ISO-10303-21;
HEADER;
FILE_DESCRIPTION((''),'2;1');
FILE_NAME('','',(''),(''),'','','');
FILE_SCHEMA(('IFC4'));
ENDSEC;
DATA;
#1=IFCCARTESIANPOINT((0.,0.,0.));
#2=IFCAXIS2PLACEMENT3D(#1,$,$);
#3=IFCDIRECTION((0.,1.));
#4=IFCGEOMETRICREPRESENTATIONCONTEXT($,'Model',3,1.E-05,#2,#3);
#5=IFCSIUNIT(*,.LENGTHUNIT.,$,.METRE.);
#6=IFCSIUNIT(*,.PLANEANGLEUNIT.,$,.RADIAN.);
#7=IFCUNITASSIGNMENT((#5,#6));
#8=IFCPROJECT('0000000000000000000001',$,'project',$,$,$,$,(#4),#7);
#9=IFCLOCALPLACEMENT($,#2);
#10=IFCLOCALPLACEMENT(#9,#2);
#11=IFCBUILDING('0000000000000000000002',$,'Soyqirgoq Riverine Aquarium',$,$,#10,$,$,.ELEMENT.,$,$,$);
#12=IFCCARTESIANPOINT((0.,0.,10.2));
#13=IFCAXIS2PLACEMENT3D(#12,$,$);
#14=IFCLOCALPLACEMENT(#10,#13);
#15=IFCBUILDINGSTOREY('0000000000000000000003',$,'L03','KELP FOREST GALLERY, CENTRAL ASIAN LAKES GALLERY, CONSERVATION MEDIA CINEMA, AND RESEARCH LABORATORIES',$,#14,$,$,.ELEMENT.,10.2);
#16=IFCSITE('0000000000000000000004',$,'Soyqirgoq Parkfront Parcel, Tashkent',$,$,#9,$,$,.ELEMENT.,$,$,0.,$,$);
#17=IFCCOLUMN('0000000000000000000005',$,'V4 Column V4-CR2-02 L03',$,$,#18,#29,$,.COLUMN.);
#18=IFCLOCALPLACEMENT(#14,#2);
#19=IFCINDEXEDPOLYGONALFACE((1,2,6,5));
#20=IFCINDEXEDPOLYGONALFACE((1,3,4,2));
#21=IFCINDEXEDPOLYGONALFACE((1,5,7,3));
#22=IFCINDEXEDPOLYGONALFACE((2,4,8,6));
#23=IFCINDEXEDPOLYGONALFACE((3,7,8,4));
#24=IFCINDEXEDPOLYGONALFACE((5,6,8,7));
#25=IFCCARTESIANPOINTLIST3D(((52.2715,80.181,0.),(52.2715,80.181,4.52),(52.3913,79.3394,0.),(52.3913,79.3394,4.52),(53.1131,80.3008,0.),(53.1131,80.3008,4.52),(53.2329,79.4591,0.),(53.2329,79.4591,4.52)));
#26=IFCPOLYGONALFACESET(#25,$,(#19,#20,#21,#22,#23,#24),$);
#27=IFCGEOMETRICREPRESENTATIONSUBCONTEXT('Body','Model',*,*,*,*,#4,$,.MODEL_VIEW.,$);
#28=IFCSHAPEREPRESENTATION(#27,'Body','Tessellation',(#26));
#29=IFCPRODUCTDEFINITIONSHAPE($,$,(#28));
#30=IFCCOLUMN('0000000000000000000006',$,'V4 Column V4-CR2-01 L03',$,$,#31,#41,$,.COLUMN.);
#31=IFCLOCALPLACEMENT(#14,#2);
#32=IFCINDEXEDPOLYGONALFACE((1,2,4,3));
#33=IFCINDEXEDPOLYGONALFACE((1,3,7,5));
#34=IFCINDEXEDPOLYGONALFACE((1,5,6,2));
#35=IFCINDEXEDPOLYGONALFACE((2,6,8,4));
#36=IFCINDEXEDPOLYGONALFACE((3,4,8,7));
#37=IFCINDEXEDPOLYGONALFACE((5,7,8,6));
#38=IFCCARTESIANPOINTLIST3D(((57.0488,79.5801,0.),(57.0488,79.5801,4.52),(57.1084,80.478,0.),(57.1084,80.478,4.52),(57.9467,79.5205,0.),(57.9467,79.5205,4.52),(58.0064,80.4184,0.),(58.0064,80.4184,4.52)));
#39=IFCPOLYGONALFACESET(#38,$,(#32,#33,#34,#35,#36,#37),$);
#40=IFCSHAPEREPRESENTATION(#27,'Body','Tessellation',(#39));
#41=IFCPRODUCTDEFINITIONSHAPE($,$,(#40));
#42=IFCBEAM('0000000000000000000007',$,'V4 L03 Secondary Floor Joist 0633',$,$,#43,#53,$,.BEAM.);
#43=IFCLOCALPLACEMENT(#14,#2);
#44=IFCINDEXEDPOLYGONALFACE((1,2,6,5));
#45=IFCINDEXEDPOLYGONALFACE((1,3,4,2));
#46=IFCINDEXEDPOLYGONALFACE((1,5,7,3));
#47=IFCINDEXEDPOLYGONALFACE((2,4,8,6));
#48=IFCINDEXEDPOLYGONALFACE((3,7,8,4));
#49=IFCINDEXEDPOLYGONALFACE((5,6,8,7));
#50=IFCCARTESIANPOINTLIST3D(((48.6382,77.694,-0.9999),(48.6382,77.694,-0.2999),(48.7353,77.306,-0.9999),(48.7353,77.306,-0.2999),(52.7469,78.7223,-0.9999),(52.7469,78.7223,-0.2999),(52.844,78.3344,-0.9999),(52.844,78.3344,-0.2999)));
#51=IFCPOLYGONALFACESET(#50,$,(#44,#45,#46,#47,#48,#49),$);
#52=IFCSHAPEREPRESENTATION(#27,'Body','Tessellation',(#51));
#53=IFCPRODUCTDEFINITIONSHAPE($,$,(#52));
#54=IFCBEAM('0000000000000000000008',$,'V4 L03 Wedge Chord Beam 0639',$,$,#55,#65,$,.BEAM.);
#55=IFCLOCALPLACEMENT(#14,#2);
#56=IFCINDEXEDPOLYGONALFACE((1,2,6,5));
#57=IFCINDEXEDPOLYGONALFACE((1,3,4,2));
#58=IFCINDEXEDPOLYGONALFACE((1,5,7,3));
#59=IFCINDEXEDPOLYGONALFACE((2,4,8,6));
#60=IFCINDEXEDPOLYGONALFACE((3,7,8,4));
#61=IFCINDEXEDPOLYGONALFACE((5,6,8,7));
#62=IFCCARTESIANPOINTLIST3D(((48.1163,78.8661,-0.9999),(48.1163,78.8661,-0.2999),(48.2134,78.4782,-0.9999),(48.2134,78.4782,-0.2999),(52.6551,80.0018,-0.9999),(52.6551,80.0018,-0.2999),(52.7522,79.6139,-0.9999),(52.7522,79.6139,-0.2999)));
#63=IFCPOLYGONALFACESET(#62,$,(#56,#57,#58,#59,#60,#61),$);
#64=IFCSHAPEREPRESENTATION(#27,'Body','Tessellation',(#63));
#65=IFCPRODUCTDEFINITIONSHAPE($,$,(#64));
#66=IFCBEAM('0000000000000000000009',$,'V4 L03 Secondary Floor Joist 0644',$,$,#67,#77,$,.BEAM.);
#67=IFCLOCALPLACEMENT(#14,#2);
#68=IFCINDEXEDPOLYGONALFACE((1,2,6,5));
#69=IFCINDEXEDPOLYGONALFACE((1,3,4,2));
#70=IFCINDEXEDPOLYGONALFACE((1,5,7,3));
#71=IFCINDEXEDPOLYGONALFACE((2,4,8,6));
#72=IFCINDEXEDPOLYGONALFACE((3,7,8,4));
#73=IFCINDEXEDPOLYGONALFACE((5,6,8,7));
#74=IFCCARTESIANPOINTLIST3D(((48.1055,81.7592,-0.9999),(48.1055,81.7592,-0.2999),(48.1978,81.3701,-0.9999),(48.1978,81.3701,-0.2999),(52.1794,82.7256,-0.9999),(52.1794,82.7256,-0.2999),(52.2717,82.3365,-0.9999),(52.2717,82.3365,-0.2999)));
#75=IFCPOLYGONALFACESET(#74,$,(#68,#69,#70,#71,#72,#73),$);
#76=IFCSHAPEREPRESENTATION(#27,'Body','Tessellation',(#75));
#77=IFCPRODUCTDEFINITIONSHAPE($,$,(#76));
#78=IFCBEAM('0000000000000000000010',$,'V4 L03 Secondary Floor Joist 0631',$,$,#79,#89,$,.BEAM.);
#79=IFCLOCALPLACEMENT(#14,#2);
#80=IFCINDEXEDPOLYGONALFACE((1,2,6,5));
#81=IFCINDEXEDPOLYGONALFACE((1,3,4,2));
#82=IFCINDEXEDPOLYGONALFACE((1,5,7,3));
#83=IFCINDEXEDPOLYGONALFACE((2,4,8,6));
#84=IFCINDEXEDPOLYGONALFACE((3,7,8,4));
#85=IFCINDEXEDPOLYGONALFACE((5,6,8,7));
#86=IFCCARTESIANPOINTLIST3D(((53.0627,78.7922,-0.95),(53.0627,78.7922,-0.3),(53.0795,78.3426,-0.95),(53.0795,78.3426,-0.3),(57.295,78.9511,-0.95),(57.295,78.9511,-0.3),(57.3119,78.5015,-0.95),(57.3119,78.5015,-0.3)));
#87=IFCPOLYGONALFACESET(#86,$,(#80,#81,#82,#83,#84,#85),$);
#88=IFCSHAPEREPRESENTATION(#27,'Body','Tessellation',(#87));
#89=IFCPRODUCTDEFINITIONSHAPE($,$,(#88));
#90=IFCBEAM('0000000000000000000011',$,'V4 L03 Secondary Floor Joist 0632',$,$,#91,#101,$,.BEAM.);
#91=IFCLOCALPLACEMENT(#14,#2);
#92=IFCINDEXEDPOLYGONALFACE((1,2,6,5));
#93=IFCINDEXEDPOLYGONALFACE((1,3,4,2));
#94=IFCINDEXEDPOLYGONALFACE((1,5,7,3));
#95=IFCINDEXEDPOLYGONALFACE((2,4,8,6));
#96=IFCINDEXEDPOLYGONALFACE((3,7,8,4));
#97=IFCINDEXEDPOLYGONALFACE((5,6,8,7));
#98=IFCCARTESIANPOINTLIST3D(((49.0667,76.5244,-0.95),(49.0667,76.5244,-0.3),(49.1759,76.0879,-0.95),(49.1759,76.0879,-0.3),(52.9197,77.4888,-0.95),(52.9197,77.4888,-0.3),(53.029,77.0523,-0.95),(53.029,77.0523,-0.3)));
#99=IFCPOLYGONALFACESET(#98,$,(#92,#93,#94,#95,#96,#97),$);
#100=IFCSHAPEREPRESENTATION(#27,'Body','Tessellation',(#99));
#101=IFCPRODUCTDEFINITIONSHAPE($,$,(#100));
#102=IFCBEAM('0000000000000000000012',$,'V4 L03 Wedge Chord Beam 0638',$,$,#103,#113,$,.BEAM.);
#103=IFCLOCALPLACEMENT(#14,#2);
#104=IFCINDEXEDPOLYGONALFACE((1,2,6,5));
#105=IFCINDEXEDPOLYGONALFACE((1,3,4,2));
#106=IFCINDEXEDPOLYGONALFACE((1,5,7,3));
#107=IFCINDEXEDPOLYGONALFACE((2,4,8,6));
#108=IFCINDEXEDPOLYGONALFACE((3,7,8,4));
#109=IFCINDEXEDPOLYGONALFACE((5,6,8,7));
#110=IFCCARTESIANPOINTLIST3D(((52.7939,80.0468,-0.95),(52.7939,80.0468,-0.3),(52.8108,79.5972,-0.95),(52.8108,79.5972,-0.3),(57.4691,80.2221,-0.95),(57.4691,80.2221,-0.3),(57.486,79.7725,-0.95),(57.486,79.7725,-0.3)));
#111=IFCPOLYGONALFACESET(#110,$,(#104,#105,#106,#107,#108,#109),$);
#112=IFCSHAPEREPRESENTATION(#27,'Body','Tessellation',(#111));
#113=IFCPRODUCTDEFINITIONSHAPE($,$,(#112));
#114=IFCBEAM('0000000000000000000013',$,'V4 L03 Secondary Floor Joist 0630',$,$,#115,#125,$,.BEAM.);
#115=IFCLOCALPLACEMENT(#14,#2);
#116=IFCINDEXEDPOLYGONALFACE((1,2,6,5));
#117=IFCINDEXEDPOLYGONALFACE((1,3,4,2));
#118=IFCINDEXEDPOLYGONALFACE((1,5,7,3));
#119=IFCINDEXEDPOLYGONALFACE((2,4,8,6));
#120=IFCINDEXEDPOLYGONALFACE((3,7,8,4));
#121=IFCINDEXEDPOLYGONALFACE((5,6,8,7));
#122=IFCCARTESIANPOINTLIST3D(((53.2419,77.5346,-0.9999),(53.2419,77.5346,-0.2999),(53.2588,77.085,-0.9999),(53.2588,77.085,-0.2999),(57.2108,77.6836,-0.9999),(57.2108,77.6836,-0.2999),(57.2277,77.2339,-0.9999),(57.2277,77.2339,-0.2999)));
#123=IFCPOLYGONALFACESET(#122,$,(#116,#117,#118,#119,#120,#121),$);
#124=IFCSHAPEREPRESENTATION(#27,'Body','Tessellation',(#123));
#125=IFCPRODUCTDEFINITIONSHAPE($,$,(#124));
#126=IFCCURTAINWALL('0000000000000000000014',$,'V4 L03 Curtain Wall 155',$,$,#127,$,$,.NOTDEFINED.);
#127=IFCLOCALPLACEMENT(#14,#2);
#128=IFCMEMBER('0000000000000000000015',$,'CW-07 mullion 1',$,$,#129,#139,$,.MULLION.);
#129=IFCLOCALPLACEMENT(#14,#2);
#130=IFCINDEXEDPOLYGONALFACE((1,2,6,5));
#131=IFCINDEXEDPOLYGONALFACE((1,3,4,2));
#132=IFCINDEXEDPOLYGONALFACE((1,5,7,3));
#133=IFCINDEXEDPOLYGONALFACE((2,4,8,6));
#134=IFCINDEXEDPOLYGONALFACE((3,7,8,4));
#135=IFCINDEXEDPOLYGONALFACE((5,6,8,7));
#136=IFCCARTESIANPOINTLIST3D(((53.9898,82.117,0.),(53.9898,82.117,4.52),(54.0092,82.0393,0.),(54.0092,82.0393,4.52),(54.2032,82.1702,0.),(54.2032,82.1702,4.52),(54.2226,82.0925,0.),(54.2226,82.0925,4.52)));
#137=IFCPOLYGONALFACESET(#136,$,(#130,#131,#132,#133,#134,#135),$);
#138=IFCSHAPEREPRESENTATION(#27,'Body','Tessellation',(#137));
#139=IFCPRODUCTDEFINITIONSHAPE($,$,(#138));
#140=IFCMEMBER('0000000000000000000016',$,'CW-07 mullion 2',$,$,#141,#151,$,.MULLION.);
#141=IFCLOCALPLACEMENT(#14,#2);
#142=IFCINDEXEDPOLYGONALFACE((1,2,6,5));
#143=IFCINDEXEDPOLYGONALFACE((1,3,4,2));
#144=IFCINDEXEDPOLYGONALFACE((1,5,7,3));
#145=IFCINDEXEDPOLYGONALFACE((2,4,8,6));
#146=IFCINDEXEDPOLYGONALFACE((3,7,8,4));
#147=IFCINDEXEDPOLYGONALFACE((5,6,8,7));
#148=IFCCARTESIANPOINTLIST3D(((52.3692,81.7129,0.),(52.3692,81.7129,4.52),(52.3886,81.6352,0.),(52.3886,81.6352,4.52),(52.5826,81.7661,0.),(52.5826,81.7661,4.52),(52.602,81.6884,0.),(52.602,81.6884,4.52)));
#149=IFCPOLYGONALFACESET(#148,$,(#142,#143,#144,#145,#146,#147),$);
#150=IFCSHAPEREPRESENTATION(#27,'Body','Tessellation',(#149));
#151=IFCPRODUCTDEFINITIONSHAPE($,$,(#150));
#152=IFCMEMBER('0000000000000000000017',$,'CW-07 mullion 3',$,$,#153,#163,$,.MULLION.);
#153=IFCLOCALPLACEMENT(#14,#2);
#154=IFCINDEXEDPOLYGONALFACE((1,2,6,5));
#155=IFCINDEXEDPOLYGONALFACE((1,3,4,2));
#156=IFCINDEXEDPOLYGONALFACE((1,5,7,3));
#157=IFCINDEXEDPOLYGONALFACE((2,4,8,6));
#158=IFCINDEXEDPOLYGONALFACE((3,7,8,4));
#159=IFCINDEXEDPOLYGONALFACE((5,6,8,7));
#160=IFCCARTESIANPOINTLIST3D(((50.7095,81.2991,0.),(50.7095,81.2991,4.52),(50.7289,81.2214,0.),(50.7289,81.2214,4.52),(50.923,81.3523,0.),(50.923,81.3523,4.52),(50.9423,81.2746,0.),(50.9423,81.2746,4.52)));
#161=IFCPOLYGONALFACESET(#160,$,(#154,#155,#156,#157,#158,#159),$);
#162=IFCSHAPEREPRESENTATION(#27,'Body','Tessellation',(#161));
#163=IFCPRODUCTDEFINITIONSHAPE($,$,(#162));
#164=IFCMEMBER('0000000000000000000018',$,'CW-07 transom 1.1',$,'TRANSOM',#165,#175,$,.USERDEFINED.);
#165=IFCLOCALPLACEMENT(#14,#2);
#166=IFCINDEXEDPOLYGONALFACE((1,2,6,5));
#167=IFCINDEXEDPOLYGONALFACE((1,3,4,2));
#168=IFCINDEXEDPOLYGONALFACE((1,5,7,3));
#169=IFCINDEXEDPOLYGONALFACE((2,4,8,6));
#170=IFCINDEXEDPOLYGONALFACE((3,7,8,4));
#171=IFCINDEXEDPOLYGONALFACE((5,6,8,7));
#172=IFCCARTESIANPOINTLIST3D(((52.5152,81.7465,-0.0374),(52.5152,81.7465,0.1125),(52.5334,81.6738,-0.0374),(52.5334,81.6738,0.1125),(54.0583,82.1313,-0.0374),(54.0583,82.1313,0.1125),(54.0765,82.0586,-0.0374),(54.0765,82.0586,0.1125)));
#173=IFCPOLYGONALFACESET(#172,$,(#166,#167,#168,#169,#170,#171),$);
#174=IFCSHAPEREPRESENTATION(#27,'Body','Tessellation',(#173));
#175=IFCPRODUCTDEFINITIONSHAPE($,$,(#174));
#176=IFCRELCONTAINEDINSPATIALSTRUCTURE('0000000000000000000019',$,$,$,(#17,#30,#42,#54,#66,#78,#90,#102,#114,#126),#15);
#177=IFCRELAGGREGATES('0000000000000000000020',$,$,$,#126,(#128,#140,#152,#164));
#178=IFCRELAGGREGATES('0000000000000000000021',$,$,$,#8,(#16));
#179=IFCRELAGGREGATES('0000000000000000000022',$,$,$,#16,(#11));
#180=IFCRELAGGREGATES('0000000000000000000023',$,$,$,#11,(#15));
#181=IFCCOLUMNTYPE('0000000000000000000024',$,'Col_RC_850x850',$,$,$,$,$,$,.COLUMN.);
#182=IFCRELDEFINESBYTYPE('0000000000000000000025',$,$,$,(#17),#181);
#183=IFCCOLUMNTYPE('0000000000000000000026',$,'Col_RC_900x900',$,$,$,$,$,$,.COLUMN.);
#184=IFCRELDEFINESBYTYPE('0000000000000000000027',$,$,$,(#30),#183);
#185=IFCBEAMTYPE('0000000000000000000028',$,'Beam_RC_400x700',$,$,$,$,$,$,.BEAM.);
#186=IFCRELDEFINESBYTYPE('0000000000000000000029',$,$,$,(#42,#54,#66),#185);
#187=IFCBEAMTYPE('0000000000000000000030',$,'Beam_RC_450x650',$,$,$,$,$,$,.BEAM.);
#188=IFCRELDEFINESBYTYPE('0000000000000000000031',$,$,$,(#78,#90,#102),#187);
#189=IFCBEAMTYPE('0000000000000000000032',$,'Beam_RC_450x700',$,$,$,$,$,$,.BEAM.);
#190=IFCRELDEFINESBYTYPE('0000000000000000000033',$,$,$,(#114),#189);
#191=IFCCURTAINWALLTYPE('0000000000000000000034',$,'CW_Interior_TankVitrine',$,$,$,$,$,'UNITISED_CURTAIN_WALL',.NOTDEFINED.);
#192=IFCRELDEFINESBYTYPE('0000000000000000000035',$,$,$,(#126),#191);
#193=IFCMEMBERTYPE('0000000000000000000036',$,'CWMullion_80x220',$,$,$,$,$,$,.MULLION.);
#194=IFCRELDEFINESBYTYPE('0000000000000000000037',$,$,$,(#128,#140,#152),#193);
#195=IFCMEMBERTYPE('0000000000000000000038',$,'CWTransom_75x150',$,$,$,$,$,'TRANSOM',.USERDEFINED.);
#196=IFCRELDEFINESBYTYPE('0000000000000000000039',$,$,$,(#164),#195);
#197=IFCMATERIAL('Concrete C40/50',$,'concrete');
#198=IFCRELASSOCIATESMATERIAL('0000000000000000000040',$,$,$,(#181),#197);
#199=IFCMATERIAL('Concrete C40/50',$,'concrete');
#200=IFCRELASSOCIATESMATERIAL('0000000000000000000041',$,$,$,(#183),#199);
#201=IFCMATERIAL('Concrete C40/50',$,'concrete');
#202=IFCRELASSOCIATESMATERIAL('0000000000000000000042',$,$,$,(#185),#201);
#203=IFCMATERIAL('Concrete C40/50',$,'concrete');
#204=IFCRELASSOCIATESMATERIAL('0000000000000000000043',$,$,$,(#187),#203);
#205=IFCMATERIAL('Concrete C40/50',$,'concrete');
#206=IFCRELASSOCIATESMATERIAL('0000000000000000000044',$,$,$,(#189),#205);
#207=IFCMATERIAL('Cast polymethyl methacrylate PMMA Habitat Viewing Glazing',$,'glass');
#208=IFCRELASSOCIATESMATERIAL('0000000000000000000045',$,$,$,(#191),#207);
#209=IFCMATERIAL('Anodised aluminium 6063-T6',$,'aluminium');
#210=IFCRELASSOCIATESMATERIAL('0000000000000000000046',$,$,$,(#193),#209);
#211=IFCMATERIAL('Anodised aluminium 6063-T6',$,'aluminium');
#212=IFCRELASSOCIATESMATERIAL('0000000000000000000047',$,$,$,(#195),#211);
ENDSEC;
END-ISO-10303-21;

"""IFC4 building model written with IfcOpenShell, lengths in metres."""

from ifc_helpers import new_model, si_unit, direction, frame, origin, origin_2d, place, context, subcontext, project, spatial, rectangle, extrude, material, material_profile, profile_set, type_object, element, aggregate, save


model = new_model("IFC4")

# Units and contexts
model_context = context("Model", 3, precision=1e-05, world=origin(), true_north=direction((0.0, 1.0)))
body_context = subcontext(model_context, "Body", "Model", "MODEL_VIEW")
ifc_project = project(units=[si_unit("LENGTHUNIT", "METRE"), si_unit("PLANEANGLEUNIT", "RADIAN")], contexts=[model_context])

# Site, building, storey
site_placement = place(None, origin())
site = spatial("IfcSite", under=ifc_project, at=site_placement, Name="Soyqirgoq Parkfront Parcel, Tashkent", CompositionType="ELEMENT", RefElevation=0.0)
building_placement = place(site_placement, origin())
building = spatial("IfcBuilding", under=site, at=building_placement, Name="Soyqirgoq Riverine Aquarium", CompositionType="ELEMENT")
storey_placement = place(building_placement, frame((0.0, 0.0, 10.2)))
storey = spatial("IfcBuildingStorey", under=building, at=storey_placement, Name="L03", Description="KELP FOREST GALLERY, CENTRAL ASIAN LAKES GALLERY, CONSERVATION MEDIA CINEMA, AND RESEARCH LABORATORIES", CompositionType="ELEMENT", Elevation=10.2)

# Columns
ifc_material_1 = material(Name="Concrete C40/50", Category="concrete")
ifc_material_profile_1 = material_profile(ifc_material_1, rectangle(XDim=0.8501, YDim=0.8501, at=origin_2d()), Name="RC 850x850")
ifc_profile_set_1 = profile_set([ifc_material_profile_1], Name="Concrete C40/50")
column_type_1 = type_object("IfcColumnType", Name="Col_RC_850x850", PredefinedType="COLUMN", material=ifc_profile_set_1)
column_1_placement = place(storey_placement, frame((52.7522, 79.8201, 0.0), z_axis=(0.0, 0.0, 1.0), x_axis=(-0.140901, 0.990024, 0.0)))
element("IfcColumn", 1, at=column_1_placement, inside=storey, type_object=column_type_1, Name="V4 Column V4-CR2-02 L03", PredefinedType="COLUMN", context=body_context, shape_type="SweptSolid", body=[
    extrude(rectangle(XDim=0.8501, YDim=0.8501, at=origin_2d()), origin(), (0.0, 0.0, 1.0), 4.52),
])
ifc_material_2 = material(Name="Concrete C40/50", Category="concrete")
ifc_material_profile_2 = material_profile(ifc_material_2, rectangle(XDim=0.8999, YDim=0.8999, at=origin_2d()), Name="RC 900x900")
ifc_profile_set_2 = profile_set([ifc_material_profile_2], Name="Concrete C40/50")
column_type_2 = type_object("IfcColumnType", Name="Col_RC_900x900", PredefinedType="COLUMN", material=ifc_profile_set_2)
column_2_placement = place(storey_placement, frame((57.5276, 79.9993, 0.0), z_axis=(0.0, 0.0, 1.0), x_axis=(0.066274, 0.997801, 0.0)))
element("IfcColumn", 2, at=column_2_placement, inside=storey, type_object=column_type_2, Name="V4 Column V4-CR2-01 L03", PredefinedType="COLUMN", context=body_context, shape_type="SweptSolid", body=[
    extrude(rectangle(XDim=0.8999, YDim=0.8999, at=origin_2d()), origin(), (0.0, 0.0, 1.0), 4.52),
])

# Beams
ifc_material_3 = material(Name="Concrete C40/50", Category="concrete")
ifc_material_profile_3 = material_profile(ifc_material_3, rectangle(XDim=0.3999, YDim=0.7, at=origin_2d()), Name="RC 400x700")
ifc_profile_set_3 = profile_set([ifc_material_profile_3], Name="Concrete C40/50")
beam_type_1 = type_object("IfcBeamType", Name="Beam_RC_400x700", PredefinedType="BEAM", material=ifc_profile_set_3)
beam_1_placement = place(storey_placement, frame((52.7954, 78.5283, -0.6499), z_axis=(-0.970078, -0.242793, 0.0), x_axis=(0.242793, -0.970078, 0.0)))
element("IfcBeam", 3, at=beam_1_placement, inside=storey, type_object=beam_type_1, Name="V4 L03 Secondary Floor Joist 0633", PredefinedType="BEAM", context=body_context, shape_type="SweptSolid", body=[
    extrude(rectangle(XDim=0.3999, YDim=0.7, at=origin_2d()), origin(), (0.0, 0.0, 1.0), 4.2354),
])
beam_2_placement = place(storey_placement, frame((52.7036, 79.8079, -0.6499), z_axis=(-0.97009, -0.242744, 0.0), x_axis=(0.242744, -0.97009, 0.0)))
element("IfcBeam", 4, at=beam_2_placement, inside=storey, type_object=beam_type_1, Name="V4 L03 Wedge Chord Beam 0639", PredefinedType="BEAM", context=body_context, shape_type="SweptSolid", body=[
    extrude(rectangle(XDim=0.3999, YDim=0.7, at=origin_2d()), origin(), (0.0, 0.0, 1.0), 4.6787),
])
beam_3_placement = place(storey_placement, frame((52.2256, 82.531, -0.6499), z_axis=(-0.973004, -0.230787, 0.0), x_axis=(0.230787, -0.973004, 0.0)))
element("IfcBeam", 5, at=beam_3_placement, inside=storey, type_object=beam_type_1, Name="V4 L03 Secondary Floor Joist 0644", PredefinedType="BEAM", context=body_context, shape_type="SweptSolid", body=[
    extrude(rectangle(XDim=0.3999, YDim=0.7, at=origin_2d()), origin(), (0.0, 0.0, 1.0), 4.187),
])
ifc_material_4 = material(Name="Concrete C40/50", Category="concrete")
ifc_material_profile_4 = material_profile(ifc_material_4, rectangle(XDim=0.45, YDim=0.6499, at=origin_2d()), Name="RC 450x650")
ifc_profile_set_4 = profile_set([ifc_material_profile_4], Name="Concrete C40/50")
beam_type_2 = type_object("IfcBeamType", Name="Beam_RC_450x650", PredefinedType="BEAM", material=ifc_profile_set_4)
beam_4_placement = place(storey_placement, frame((57.3035, 78.7263, -0.625), z_axis=(-0.999296, -0.037525, 0.0), x_axis=(0.037525, -0.999296, 0.0)))
element("IfcBeam", 6, at=beam_4_placement, inside=storey, type_object=beam_type_2, Name="V4 L03 Secondary Floor Joist 0631", PredefinedType="BEAM", context=body_context, shape_type="SweptSolid", body=[
    extrude(rectangle(XDim=0.45, YDim=0.6499, at=origin_2d()), origin(), (0.0, 0.0, 1.0), 4.2354),
])
beam_5_placement = place(storey_placement, frame((52.9744, 77.2705, -0.625), z_axis=(-0.970077, -0.242796, 0.0), x_axis=(0.242796, -0.970077, 0.0)))
element("IfcBeam", 7, at=beam_5_placement, inside=storey, type_object=beam_type_2, Name="V4 L03 Secondary Floor Joist 0632", PredefinedType="BEAM", context=body_context, shape_type="SweptSolid", body=[
    extrude(rectangle(XDim=0.45, YDim=0.6499, at=origin_2d()), origin(), (0.0, 0.0, 1.0), 3.9719),
])
beam_6_placement = place(storey_placement, frame((57.4775, 79.9973, -0.625), z_axis=(-0.999298, -0.037467, 0.0), x_axis=(0.037467, -0.999298, 0.0)))
element("IfcBeam", 8, at=beam_6_placement, inside=storey, type_object=beam_type_2, Name="V4 L03 Wedge Chord Beam 0638", PredefinedType="BEAM", context=body_context, shape_type="SweptSolid", body=[
    extrude(rectangle(XDim=0.45, YDim=0.6499, at=origin_2d()), origin(), (0.0, 0.0, 1.0), 4.6785),
])
ifc_material_5 = material(Name="Concrete C40/50", Category="concrete")
ifc_material_profile_5 = material_profile(ifc_material_5, rectangle(XDim=0.45, YDim=0.7, at=origin_2d()), Name="RC 450x700")
ifc_profile_set_5 = profile_set([ifc_material_profile_5], Name="Concrete C40/50")
beam_type_3 = type_object("IfcBeamType", Name="Beam_RC_450x700", PredefinedType="BEAM", material=ifc_profile_set_5)
beam_7_placement = place(storey_placement, frame((57.2192, 77.4587, -0.6499), z_axis=(-0.999297, -0.037496, 0.0), x_axis=(0.037496, -0.999297, 0.0)))
element("IfcBeam", 9, at=beam_7_placement, inside=storey, type_object=beam_type_3, Name="V4 L03 Secondary Floor Joist 0630", PredefinedType="BEAM", context=body_context, shape_type="SweptSolid", body=[
    extrude(rectangle(XDim=0.45, YDim=0.7, at=origin_2d()), origin(), (0.0, 0.0, 1.0), 3.9717),
])

# Curtain wall, members
ifc_material_6 = material(Name="Cast polymethyl methacrylate PMMA Habitat Viewing Glazing", Category="glass")
curtain_wall_type = type_object("IfcCurtainWallType", Name="CW_Interior_TankVitrine", ElementType="UNITISED_CURTAIN_WALL", PredefinedType="NOTDEFINED", material=ifc_material_6)
curtain_wall_placement = place(storey_placement, origin())
curtain_wall = element("IfcCurtainWall", 10, at=curtain_wall_placement, inside=storey, type_object=curtain_wall_type, Name="V4 L03 Curtain Wall 155", PredefinedType="NOTDEFINED")
ifc_material_7 = material(Name="Anodised aluminium 6063-T6", Category="aluminium")
ifc_material_profile_6 = material_profile(ifc_material_7, rectangle(XDim=0.0801, YDim=0.22, at=origin_2d()), Name="ALU-M 80x220")
ifc_profile_set_6 = profile_set([ifc_material_profile_6], Name="Anodised aluminium 6063-T6")
member_type_1 = type_object("IfcMemberType", Name="CWMullion_80x220", PredefinedType="MULLION", material=ifc_profile_set_6)
member_1_placement = place(storey_placement, frame((54.1062, 82.1047, 0.0), z_axis=(0.0, 0.0, 1.0), x_axis=(0.241922, -0.970296, 0.0)))
member_1 = element("IfcMember", 11, at=member_1_placement, type_object=member_type_1, Name="CW-07 mullion 1", PredefinedType="MULLION", context=body_context, shape_type="SweptSolid", body=[
    extrude(rectangle(XDim=0.0801, YDim=0.22, at=origin_2d()), origin(), (0.0, 0.0, 1.0), 4.52),
])
member_2_placement = place(storey_placement, frame((52.4856, 81.7007, 0.0), z_axis=(0.0, 0.0, 1.0), x_axis=(0.241922, -0.970296, 0.0)))
member_2 = element("IfcMember", 12, at=member_2_placement, type_object=member_type_1, Name="CW-07 mullion 2", PredefinedType="MULLION", context=body_context, shape_type="SweptSolid", body=[
    extrude(rectangle(XDim=0.0801, YDim=0.22, at=origin_2d()), origin(), (0.0, 0.0, 1.0), 4.52),
])
member_3_placement = place(storey_placement, frame((50.8259, 81.2869, 0.0), z_axis=(0.0, 0.0, 1.0), x_axis=(0.241922, -0.970296, 0.0)))
member_3 = element("IfcMember", 13, at=member_3_placement, type_object=member_type_1, Name="CW-07 mullion 3", PredefinedType="MULLION", context=body_context, shape_type="SweptSolid", body=[
    extrude(rectangle(XDim=0.0801, YDim=0.22, at=origin_2d()), origin(), (0.0, 0.0, 1.0), 4.52),
])
ifc_material_8 = material(Name="Anodised aluminium 6063-T6", Category="aluminium")
ifc_material_profile_7 = material_profile(ifc_material_8, rectangle(XDim=0.075, YDim=0.1499, at=origin_2d()), Name="ALU-T 75x150")
ifc_profile_set_7 = profile_set([ifc_material_profile_7], Name="Anodised aluminium 6063-T6")
member_type_2 = type_object("IfcMemberType", Name="CWTransom_75x150", ElementType="TRANSOM", PredefinedType="USERDEFINED", material=ifc_profile_set_7)
member_4_placement = place(storey_placement, frame((54.0674, 82.095, 0.0376), z_axis=(-0.970287, -0.241958, 0.0), x_axis=(0.241958, -0.970287, 0.0)))
member_4 = element("IfcMember", 14, at=member_4_placement, type_object=member_type_2, Name="CW-07 transom 1.1", ObjectType="TRANSOM", PredefinedType="USERDEFINED", context=body_context, shape_type="SweptSolid", body=[
    extrude(rectangle(XDim=0.075, YDim=0.1499, at=origin_2d()), origin(), (0.0, 0.0, 1.0), 1.5903),
])

aggregate(curtain_wall, [member_1, member_2, member_3, member_4])

save(model, "model.ifc")
